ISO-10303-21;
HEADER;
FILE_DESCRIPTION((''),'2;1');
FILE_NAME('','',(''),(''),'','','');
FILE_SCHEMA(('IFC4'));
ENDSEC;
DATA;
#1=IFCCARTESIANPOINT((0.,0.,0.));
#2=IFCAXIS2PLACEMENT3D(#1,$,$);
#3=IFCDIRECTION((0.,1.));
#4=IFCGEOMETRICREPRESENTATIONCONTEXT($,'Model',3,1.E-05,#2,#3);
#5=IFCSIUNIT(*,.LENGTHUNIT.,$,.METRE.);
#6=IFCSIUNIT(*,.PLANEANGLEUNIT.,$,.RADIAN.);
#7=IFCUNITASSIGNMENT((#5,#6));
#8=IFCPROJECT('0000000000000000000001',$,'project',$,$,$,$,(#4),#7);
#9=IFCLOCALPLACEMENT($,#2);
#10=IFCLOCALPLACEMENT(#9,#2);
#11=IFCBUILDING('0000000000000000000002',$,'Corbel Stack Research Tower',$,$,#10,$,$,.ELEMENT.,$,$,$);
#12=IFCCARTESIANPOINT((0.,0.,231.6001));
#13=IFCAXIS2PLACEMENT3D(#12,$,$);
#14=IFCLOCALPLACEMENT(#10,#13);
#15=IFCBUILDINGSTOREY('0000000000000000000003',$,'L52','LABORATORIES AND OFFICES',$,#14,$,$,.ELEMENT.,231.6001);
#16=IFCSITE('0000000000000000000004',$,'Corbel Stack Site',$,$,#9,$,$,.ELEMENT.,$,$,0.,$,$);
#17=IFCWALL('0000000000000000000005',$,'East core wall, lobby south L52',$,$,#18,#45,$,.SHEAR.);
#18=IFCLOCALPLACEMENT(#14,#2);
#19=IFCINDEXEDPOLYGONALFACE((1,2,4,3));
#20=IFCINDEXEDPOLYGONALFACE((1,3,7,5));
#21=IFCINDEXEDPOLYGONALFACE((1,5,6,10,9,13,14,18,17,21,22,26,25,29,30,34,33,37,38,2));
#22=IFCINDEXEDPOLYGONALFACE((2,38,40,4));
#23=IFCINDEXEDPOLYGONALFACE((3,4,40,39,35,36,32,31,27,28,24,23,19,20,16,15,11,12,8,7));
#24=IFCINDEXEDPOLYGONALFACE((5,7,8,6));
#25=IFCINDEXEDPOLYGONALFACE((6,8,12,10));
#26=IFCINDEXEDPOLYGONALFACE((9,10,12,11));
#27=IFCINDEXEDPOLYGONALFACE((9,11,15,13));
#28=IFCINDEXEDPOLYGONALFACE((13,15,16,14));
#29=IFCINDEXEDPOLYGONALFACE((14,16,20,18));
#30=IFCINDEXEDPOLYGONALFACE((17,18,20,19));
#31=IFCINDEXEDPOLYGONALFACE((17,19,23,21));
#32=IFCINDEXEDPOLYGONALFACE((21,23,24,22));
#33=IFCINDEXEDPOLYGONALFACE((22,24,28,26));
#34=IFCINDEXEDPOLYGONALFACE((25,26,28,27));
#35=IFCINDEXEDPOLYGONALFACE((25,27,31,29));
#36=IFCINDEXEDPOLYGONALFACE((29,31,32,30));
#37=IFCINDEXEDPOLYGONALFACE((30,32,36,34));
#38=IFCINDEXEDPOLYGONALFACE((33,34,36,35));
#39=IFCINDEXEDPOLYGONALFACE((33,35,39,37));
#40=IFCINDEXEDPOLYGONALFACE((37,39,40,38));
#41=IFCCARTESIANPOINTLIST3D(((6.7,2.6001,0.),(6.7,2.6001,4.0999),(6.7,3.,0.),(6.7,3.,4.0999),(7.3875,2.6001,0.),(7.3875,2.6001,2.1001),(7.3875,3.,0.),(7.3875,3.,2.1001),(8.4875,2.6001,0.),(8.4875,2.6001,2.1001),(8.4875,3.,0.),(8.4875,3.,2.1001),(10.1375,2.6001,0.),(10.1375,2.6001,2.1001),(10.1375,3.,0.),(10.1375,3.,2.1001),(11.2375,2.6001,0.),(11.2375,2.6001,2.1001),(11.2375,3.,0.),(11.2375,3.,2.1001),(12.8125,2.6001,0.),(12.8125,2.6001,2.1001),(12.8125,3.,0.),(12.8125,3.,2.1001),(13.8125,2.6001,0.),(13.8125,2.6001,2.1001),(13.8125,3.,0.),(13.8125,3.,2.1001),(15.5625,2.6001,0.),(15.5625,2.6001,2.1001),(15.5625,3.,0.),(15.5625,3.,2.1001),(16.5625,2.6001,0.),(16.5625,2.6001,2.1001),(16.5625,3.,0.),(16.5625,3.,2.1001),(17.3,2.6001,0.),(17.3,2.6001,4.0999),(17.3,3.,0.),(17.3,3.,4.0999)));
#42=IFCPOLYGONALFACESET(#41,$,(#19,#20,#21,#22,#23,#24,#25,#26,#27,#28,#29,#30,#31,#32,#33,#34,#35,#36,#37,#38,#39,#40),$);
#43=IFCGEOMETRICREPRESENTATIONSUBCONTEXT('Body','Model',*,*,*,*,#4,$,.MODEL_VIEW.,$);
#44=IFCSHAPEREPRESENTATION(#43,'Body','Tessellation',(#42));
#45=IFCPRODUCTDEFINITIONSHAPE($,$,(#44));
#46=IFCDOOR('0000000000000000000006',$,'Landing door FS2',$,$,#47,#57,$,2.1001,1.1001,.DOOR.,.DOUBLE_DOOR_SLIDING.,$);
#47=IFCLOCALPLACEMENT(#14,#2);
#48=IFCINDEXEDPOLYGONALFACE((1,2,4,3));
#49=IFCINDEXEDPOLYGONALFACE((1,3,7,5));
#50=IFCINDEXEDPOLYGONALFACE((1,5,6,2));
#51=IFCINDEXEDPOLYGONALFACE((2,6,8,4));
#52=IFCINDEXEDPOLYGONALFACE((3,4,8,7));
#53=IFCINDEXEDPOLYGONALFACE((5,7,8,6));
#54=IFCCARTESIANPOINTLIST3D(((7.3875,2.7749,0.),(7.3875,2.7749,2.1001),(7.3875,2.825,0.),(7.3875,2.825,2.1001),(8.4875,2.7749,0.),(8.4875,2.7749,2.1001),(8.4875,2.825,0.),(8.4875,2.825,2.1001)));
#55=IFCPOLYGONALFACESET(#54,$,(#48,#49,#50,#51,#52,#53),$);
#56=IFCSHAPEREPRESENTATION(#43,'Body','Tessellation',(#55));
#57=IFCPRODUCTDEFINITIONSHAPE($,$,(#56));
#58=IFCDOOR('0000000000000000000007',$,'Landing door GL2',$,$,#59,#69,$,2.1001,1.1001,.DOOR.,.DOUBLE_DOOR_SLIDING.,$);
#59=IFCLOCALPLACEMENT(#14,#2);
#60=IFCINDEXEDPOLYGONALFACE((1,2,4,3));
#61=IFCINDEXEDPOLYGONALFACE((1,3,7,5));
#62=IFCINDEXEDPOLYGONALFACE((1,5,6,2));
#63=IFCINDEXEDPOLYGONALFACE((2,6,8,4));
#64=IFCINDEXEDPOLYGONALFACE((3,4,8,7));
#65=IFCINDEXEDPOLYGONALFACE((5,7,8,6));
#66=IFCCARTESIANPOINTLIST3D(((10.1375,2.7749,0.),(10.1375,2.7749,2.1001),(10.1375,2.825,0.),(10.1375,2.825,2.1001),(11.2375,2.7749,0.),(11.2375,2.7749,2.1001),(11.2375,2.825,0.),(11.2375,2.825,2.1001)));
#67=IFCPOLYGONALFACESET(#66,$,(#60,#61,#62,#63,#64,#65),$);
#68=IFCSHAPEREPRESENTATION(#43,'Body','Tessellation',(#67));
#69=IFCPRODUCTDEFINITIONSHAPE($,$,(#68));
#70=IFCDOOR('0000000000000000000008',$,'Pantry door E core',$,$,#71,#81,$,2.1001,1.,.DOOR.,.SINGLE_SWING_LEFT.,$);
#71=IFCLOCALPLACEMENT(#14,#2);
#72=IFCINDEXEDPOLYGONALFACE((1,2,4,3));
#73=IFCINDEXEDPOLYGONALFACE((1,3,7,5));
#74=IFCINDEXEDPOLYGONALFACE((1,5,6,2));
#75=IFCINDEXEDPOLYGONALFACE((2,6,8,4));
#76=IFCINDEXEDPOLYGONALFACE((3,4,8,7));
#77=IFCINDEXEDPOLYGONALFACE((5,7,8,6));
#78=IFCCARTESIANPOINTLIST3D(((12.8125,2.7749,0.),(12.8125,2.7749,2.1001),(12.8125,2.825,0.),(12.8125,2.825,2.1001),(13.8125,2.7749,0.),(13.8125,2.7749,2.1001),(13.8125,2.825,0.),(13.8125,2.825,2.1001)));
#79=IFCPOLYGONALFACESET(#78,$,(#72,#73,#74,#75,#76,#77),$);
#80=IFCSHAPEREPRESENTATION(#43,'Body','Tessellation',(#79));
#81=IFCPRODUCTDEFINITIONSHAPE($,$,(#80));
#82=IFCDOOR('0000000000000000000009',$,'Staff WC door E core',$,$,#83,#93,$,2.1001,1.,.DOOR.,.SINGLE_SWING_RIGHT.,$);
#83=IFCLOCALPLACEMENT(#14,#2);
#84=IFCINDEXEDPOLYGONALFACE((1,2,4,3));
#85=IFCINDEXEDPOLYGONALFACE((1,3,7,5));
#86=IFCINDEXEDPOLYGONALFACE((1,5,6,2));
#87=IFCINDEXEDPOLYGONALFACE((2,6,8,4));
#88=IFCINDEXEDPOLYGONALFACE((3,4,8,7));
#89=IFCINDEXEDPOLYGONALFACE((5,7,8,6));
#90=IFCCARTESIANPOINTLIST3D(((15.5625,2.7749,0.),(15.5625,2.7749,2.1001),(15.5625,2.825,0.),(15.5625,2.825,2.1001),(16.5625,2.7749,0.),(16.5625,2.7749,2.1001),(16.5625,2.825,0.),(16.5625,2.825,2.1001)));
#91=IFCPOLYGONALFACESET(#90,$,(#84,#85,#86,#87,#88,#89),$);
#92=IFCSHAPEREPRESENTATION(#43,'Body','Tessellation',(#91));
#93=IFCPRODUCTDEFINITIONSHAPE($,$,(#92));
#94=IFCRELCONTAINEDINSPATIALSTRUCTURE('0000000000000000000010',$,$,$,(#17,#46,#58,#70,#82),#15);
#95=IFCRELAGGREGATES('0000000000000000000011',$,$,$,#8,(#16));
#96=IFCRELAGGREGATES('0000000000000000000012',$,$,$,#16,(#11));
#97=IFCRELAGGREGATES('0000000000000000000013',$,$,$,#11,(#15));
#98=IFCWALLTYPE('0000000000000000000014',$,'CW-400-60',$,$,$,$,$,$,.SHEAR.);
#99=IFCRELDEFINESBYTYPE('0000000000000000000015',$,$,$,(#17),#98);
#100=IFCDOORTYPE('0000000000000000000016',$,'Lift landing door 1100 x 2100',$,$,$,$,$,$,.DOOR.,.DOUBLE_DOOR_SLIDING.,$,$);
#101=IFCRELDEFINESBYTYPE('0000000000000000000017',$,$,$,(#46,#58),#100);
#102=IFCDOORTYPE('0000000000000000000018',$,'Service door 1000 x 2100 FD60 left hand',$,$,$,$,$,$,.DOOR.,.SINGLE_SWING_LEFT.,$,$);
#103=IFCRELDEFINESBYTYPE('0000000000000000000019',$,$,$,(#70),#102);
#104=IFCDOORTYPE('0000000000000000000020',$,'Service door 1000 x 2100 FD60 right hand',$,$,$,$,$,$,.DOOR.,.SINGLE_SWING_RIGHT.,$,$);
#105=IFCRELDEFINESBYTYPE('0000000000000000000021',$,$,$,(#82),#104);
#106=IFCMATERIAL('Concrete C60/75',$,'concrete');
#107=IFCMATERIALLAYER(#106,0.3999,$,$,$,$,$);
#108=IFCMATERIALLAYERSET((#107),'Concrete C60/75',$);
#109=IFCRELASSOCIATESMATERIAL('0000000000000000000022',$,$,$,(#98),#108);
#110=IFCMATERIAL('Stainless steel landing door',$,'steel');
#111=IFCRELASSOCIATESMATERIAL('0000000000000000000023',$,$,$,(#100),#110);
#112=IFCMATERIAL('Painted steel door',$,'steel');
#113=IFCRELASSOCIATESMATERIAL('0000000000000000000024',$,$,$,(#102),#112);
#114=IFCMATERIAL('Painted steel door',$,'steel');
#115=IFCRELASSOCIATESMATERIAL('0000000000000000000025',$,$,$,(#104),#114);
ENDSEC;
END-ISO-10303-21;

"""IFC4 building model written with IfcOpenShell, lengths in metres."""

from ifc_helpers import new_model, si_unit, direction, frame, frame_2d, origin, place, context, subcontext, project, spatial, rectangle, extrude, material, layer, layer_set, type_object, element, fill, save


model = new_model("IFC4")

# Units and contexts
model_context = context("Model", 3, precision=1e-05, world=origin(), true_north=direction((0.0, 1.0)))
body_context = subcontext(model_context, "Body", "Model", "MODEL_VIEW")
ifc_project = project(units=[si_unit("LENGTHUNIT", "METRE"), si_unit("PLANEANGLEUNIT", "RADIAN")], contexts=[model_context])

# Site, building, storey
site_placement = place(None, origin())
site = spatial("IfcSite", under=ifc_project, at=site_placement, Name="Corbel Stack Site", CompositionType="ELEMENT", RefElevation=0.0)
building_placement = place(site_placement, origin())
building = spatial("IfcBuilding", under=site, at=building_placement, Name="Corbel Stack Research Tower", CompositionType="ELEMENT")
storey_placement = place(building_placement, frame((0.0, 0.0, 231.6001)))
storey = spatial("IfcBuildingStorey", under=building, at=storey_placement, Name="L52", Description="LABORATORIES AND OFFICES", CompositionType="ELEMENT", Elevation=231.6001)

# Wall, openings, doors
ifc_material_1 = material(Name="Concrete C60/75", Category="concrete")
ifc_layer_1 = layer(ifc_material_1, 0.3999)
ifc_layer_set_1 = layer_set([ifc_layer_1], Name="Concrete C60/75")
wall_type_1 = type_object("IfcWallType", Name="CW-400-60", PredefinedType="SHEAR", material=ifc_layer_set_1)
wall_1_placement = place(storey_placement, frame((6.7, 2.8, 0.0), z_axis=(0.0, 0.0, 1.0), x_axis=(1.0, 0.0, 0.0)))
wall_1 = element("IfcWall", 1, at=wall_1_placement, inside=storey, type_object=wall_type_1, Name="East core wall, lobby south L52", PredefinedType="SHEAR", context=body_context, shape_type="SweptSolid", body=[
    extrude(rectangle(XDim=10.6001, YDim=0.3999, at=frame_2d((5.3, 0.0))), origin(), (0.0, 0.0, 1.0), 4.0999),
])
opening_1_placement = place(wall_1_placement, frame((0.6875, 0.0, 0.0)))
opening_1 = element("IfcOpeningElement", 2, at=opening_1_placement, cuts=wall_1, PredefinedType="OPENING", context=body_context, shape_type="SweptSolid", body=[
    extrude(rectangle(XDim=1.1001, YDim=2.1001, at=frame_2d((0.55, 1.05))), frame((0.0, 0.21, 0.0), z_axis=(0.0, -1.0, 0.0), x_axis=(1.0, 0.0, 0.0)), (0.0, 0.0, 1.0), 0.4199),
])
opening_2_placement = place(wall_1_placement, frame((3.4375, 0.0, 0.0)))
opening_2 = element("IfcOpeningElement", 3, at=opening_2_placement, cuts=wall_1, PredefinedType="OPENING", context=body_context, shape_type="SweptSolid", body=[
    extrude(rectangle(XDim=1.1001, YDim=2.1001, at=frame_2d((0.55, 1.05))), frame((0.0, 0.21, 0.0), z_axis=(0.0, -1.0, 0.0), x_axis=(1.0, 0.0, 0.0)), (0.0, 0.0, 1.0), 0.4199),
])
opening_3_placement = place(wall_1_placement, frame((6.1125, 0.0, 0.0)))
opening_3 = element("IfcOpeningElement", 4, at=opening_3_placement, cuts=wall_1, PredefinedType="OPENING", context=body_context, shape_type="SweptSolid", body=[
    extrude(rectangle(XDim=1.0, YDim=2.1001, at=frame_2d((0.5, 1.05))), frame((0.0, 0.21, 0.0), z_axis=(0.0, -1.0, 0.0), x_axis=(1.0, 0.0, 0.0)), (0.0, 0.0, 1.0), 0.4199),
])
opening_4_placement = place(wall_1_placement, frame((8.8625, 0.0, 0.0)))
opening_4 = element("IfcOpeningElement", 5, at=opening_4_placement, cuts=wall_1, PredefinedType="OPENING", context=body_context, shape_type="SweptSolid", body=[
    extrude(rectangle(XDim=1.0, YDim=2.1001, at=frame_2d((0.5, 1.05))), frame((0.0, 0.21, 0.0), z_axis=(0.0, -1.0, 0.0), x_axis=(1.0, 0.0, 0.0)), (0.0, 0.0, 1.0), 0.4199),
])
ifc_material_2 = material(Name="Stainless steel landing door", Category="steel")
door_type_1 = type_object("IfcDoorType", Name="Lift landing door 1100 x 2100", OperationType="DOUBLE_DOOR_SLIDING", PredefinedType="DOOR", material=ifc_material_2)
door_1_placement = place(opening_1_placement, origin())
door_1 = element("IfcDoor", 6, at=door_1_placement, inside=storey, type_object=door_type_1, Name="Landing door FS2", OperationType="DOUBLE_DOOR_SLIDING", OverallHeight=2.1001, OverallWidth=1.1001, PredefinedType="DOOR", context=body_context, shape_type="SweptSolid", body=[
    extrude(rectangle(XDim=1.1001, YDim=2.1001, at=frame_2d((0.55, 1.05))), frame((0.0, 0.0249, 0.0), z_axis=(0.0, -1.0, 0.0), x_axis=(1.0, 0.0, 0.0)), (0.0, 0.0, 1.0), 0.05),
])
fill(opening_1, door_1)
door_2_placement = place(opening_2_placement, origin())
door_2 = element("IfcDoor", 7, at=door_2_placement, inside=storey, type_object=door_type_1, Name="Landing door GL2", OperationType="DOUBLE_DOOR_SLIDING", OverallHeight=2.1001, OverallWidth=1.1001, PredefinedType="DOOR", context=body_context, shape_type="SweptSolid", body=[
    extrude(rectangle(XDim=1.1001, YDim=2.1001, at=frame_2d((0.55, 1.05))), frame((0.0, 0.0249, 0.0), z_axis=(0.0, -1.0, 0.0), x_axis=(1.0, 0.0, 0.0)), (0.0, 0.0, 1.0), 0.05),
])
fill(opening_2, door_2)
ifc_material_3 = material(Name="Painted steel door", Category="steel")
door_type_2 = type_object("IfcDoorType", Name="Service door 1000 x 2100 FD60 left hand", OperationType="SINGLE_SWING_LEFT", PredefinedType="DOOR", material=ifc_material_3)
door_3_placement = place(opening_3_placement, origin())
door_3 = element("IfcDoor", 8, at=door_3_placement, inside=storey, type_object=door_type_2, Name="Pantry door E core", OperationType="SINGLE_SWING_LEFT", OverallHeight=2.1001, OverallWidth=1.0, PredefinedType="DOOR", context=body_context, shape_type="SweptSolid", body=[
    extrude(rectangle(XDim=1.0, YDim=2.1001, at=frame_2d((0.5, 1.05))), frame((0.0, 0.0249, 0.0), z_axis=(0.0, -1.0, 0.0), x_axis=(1.0, 0.0, 0.0)), (0.0, 0.0, 1.0), 0.05),
])
fill(opening_3, door_3)
ifc_material_4 = material(Name="Painted steel door", Category="steel")
door_type_3 = type_object("IfcDoorType", Name="Service door 1000 x 2100 FD60 right hand", OperationType="SINGLE_SWING_RIGHT", PredefinedType="DOOR", material=ifc_material_4)
door_4_placement = place(opening_4_placement, origin())
door_4 = element("IfcDoor", 9, at=door_4_placement, inside=storey, type_object=door_type_3, Name="Staff WC door E core", OperationType="SINGLE_SWING_RIGHT", OverallHeight=2.1001, OverallWidth=1.0, PredefinedType="DOOR", context=body_context, shape_type="SweptSolid", body=[
    extrude(rectangle(XDim=1.0, YDim=2.1001, at=frame_2d((0.5, 1.05))), frame((0.0, 0.0249, 0.0), z_axis=(0.0, -1.0, 0.0), x_axis=(1.0, 0.0, 0.0)), (0.0, 0.0, 1.0), 0.05),
])
fill(opening_4, door_4)

save(model, "model.ifc")
